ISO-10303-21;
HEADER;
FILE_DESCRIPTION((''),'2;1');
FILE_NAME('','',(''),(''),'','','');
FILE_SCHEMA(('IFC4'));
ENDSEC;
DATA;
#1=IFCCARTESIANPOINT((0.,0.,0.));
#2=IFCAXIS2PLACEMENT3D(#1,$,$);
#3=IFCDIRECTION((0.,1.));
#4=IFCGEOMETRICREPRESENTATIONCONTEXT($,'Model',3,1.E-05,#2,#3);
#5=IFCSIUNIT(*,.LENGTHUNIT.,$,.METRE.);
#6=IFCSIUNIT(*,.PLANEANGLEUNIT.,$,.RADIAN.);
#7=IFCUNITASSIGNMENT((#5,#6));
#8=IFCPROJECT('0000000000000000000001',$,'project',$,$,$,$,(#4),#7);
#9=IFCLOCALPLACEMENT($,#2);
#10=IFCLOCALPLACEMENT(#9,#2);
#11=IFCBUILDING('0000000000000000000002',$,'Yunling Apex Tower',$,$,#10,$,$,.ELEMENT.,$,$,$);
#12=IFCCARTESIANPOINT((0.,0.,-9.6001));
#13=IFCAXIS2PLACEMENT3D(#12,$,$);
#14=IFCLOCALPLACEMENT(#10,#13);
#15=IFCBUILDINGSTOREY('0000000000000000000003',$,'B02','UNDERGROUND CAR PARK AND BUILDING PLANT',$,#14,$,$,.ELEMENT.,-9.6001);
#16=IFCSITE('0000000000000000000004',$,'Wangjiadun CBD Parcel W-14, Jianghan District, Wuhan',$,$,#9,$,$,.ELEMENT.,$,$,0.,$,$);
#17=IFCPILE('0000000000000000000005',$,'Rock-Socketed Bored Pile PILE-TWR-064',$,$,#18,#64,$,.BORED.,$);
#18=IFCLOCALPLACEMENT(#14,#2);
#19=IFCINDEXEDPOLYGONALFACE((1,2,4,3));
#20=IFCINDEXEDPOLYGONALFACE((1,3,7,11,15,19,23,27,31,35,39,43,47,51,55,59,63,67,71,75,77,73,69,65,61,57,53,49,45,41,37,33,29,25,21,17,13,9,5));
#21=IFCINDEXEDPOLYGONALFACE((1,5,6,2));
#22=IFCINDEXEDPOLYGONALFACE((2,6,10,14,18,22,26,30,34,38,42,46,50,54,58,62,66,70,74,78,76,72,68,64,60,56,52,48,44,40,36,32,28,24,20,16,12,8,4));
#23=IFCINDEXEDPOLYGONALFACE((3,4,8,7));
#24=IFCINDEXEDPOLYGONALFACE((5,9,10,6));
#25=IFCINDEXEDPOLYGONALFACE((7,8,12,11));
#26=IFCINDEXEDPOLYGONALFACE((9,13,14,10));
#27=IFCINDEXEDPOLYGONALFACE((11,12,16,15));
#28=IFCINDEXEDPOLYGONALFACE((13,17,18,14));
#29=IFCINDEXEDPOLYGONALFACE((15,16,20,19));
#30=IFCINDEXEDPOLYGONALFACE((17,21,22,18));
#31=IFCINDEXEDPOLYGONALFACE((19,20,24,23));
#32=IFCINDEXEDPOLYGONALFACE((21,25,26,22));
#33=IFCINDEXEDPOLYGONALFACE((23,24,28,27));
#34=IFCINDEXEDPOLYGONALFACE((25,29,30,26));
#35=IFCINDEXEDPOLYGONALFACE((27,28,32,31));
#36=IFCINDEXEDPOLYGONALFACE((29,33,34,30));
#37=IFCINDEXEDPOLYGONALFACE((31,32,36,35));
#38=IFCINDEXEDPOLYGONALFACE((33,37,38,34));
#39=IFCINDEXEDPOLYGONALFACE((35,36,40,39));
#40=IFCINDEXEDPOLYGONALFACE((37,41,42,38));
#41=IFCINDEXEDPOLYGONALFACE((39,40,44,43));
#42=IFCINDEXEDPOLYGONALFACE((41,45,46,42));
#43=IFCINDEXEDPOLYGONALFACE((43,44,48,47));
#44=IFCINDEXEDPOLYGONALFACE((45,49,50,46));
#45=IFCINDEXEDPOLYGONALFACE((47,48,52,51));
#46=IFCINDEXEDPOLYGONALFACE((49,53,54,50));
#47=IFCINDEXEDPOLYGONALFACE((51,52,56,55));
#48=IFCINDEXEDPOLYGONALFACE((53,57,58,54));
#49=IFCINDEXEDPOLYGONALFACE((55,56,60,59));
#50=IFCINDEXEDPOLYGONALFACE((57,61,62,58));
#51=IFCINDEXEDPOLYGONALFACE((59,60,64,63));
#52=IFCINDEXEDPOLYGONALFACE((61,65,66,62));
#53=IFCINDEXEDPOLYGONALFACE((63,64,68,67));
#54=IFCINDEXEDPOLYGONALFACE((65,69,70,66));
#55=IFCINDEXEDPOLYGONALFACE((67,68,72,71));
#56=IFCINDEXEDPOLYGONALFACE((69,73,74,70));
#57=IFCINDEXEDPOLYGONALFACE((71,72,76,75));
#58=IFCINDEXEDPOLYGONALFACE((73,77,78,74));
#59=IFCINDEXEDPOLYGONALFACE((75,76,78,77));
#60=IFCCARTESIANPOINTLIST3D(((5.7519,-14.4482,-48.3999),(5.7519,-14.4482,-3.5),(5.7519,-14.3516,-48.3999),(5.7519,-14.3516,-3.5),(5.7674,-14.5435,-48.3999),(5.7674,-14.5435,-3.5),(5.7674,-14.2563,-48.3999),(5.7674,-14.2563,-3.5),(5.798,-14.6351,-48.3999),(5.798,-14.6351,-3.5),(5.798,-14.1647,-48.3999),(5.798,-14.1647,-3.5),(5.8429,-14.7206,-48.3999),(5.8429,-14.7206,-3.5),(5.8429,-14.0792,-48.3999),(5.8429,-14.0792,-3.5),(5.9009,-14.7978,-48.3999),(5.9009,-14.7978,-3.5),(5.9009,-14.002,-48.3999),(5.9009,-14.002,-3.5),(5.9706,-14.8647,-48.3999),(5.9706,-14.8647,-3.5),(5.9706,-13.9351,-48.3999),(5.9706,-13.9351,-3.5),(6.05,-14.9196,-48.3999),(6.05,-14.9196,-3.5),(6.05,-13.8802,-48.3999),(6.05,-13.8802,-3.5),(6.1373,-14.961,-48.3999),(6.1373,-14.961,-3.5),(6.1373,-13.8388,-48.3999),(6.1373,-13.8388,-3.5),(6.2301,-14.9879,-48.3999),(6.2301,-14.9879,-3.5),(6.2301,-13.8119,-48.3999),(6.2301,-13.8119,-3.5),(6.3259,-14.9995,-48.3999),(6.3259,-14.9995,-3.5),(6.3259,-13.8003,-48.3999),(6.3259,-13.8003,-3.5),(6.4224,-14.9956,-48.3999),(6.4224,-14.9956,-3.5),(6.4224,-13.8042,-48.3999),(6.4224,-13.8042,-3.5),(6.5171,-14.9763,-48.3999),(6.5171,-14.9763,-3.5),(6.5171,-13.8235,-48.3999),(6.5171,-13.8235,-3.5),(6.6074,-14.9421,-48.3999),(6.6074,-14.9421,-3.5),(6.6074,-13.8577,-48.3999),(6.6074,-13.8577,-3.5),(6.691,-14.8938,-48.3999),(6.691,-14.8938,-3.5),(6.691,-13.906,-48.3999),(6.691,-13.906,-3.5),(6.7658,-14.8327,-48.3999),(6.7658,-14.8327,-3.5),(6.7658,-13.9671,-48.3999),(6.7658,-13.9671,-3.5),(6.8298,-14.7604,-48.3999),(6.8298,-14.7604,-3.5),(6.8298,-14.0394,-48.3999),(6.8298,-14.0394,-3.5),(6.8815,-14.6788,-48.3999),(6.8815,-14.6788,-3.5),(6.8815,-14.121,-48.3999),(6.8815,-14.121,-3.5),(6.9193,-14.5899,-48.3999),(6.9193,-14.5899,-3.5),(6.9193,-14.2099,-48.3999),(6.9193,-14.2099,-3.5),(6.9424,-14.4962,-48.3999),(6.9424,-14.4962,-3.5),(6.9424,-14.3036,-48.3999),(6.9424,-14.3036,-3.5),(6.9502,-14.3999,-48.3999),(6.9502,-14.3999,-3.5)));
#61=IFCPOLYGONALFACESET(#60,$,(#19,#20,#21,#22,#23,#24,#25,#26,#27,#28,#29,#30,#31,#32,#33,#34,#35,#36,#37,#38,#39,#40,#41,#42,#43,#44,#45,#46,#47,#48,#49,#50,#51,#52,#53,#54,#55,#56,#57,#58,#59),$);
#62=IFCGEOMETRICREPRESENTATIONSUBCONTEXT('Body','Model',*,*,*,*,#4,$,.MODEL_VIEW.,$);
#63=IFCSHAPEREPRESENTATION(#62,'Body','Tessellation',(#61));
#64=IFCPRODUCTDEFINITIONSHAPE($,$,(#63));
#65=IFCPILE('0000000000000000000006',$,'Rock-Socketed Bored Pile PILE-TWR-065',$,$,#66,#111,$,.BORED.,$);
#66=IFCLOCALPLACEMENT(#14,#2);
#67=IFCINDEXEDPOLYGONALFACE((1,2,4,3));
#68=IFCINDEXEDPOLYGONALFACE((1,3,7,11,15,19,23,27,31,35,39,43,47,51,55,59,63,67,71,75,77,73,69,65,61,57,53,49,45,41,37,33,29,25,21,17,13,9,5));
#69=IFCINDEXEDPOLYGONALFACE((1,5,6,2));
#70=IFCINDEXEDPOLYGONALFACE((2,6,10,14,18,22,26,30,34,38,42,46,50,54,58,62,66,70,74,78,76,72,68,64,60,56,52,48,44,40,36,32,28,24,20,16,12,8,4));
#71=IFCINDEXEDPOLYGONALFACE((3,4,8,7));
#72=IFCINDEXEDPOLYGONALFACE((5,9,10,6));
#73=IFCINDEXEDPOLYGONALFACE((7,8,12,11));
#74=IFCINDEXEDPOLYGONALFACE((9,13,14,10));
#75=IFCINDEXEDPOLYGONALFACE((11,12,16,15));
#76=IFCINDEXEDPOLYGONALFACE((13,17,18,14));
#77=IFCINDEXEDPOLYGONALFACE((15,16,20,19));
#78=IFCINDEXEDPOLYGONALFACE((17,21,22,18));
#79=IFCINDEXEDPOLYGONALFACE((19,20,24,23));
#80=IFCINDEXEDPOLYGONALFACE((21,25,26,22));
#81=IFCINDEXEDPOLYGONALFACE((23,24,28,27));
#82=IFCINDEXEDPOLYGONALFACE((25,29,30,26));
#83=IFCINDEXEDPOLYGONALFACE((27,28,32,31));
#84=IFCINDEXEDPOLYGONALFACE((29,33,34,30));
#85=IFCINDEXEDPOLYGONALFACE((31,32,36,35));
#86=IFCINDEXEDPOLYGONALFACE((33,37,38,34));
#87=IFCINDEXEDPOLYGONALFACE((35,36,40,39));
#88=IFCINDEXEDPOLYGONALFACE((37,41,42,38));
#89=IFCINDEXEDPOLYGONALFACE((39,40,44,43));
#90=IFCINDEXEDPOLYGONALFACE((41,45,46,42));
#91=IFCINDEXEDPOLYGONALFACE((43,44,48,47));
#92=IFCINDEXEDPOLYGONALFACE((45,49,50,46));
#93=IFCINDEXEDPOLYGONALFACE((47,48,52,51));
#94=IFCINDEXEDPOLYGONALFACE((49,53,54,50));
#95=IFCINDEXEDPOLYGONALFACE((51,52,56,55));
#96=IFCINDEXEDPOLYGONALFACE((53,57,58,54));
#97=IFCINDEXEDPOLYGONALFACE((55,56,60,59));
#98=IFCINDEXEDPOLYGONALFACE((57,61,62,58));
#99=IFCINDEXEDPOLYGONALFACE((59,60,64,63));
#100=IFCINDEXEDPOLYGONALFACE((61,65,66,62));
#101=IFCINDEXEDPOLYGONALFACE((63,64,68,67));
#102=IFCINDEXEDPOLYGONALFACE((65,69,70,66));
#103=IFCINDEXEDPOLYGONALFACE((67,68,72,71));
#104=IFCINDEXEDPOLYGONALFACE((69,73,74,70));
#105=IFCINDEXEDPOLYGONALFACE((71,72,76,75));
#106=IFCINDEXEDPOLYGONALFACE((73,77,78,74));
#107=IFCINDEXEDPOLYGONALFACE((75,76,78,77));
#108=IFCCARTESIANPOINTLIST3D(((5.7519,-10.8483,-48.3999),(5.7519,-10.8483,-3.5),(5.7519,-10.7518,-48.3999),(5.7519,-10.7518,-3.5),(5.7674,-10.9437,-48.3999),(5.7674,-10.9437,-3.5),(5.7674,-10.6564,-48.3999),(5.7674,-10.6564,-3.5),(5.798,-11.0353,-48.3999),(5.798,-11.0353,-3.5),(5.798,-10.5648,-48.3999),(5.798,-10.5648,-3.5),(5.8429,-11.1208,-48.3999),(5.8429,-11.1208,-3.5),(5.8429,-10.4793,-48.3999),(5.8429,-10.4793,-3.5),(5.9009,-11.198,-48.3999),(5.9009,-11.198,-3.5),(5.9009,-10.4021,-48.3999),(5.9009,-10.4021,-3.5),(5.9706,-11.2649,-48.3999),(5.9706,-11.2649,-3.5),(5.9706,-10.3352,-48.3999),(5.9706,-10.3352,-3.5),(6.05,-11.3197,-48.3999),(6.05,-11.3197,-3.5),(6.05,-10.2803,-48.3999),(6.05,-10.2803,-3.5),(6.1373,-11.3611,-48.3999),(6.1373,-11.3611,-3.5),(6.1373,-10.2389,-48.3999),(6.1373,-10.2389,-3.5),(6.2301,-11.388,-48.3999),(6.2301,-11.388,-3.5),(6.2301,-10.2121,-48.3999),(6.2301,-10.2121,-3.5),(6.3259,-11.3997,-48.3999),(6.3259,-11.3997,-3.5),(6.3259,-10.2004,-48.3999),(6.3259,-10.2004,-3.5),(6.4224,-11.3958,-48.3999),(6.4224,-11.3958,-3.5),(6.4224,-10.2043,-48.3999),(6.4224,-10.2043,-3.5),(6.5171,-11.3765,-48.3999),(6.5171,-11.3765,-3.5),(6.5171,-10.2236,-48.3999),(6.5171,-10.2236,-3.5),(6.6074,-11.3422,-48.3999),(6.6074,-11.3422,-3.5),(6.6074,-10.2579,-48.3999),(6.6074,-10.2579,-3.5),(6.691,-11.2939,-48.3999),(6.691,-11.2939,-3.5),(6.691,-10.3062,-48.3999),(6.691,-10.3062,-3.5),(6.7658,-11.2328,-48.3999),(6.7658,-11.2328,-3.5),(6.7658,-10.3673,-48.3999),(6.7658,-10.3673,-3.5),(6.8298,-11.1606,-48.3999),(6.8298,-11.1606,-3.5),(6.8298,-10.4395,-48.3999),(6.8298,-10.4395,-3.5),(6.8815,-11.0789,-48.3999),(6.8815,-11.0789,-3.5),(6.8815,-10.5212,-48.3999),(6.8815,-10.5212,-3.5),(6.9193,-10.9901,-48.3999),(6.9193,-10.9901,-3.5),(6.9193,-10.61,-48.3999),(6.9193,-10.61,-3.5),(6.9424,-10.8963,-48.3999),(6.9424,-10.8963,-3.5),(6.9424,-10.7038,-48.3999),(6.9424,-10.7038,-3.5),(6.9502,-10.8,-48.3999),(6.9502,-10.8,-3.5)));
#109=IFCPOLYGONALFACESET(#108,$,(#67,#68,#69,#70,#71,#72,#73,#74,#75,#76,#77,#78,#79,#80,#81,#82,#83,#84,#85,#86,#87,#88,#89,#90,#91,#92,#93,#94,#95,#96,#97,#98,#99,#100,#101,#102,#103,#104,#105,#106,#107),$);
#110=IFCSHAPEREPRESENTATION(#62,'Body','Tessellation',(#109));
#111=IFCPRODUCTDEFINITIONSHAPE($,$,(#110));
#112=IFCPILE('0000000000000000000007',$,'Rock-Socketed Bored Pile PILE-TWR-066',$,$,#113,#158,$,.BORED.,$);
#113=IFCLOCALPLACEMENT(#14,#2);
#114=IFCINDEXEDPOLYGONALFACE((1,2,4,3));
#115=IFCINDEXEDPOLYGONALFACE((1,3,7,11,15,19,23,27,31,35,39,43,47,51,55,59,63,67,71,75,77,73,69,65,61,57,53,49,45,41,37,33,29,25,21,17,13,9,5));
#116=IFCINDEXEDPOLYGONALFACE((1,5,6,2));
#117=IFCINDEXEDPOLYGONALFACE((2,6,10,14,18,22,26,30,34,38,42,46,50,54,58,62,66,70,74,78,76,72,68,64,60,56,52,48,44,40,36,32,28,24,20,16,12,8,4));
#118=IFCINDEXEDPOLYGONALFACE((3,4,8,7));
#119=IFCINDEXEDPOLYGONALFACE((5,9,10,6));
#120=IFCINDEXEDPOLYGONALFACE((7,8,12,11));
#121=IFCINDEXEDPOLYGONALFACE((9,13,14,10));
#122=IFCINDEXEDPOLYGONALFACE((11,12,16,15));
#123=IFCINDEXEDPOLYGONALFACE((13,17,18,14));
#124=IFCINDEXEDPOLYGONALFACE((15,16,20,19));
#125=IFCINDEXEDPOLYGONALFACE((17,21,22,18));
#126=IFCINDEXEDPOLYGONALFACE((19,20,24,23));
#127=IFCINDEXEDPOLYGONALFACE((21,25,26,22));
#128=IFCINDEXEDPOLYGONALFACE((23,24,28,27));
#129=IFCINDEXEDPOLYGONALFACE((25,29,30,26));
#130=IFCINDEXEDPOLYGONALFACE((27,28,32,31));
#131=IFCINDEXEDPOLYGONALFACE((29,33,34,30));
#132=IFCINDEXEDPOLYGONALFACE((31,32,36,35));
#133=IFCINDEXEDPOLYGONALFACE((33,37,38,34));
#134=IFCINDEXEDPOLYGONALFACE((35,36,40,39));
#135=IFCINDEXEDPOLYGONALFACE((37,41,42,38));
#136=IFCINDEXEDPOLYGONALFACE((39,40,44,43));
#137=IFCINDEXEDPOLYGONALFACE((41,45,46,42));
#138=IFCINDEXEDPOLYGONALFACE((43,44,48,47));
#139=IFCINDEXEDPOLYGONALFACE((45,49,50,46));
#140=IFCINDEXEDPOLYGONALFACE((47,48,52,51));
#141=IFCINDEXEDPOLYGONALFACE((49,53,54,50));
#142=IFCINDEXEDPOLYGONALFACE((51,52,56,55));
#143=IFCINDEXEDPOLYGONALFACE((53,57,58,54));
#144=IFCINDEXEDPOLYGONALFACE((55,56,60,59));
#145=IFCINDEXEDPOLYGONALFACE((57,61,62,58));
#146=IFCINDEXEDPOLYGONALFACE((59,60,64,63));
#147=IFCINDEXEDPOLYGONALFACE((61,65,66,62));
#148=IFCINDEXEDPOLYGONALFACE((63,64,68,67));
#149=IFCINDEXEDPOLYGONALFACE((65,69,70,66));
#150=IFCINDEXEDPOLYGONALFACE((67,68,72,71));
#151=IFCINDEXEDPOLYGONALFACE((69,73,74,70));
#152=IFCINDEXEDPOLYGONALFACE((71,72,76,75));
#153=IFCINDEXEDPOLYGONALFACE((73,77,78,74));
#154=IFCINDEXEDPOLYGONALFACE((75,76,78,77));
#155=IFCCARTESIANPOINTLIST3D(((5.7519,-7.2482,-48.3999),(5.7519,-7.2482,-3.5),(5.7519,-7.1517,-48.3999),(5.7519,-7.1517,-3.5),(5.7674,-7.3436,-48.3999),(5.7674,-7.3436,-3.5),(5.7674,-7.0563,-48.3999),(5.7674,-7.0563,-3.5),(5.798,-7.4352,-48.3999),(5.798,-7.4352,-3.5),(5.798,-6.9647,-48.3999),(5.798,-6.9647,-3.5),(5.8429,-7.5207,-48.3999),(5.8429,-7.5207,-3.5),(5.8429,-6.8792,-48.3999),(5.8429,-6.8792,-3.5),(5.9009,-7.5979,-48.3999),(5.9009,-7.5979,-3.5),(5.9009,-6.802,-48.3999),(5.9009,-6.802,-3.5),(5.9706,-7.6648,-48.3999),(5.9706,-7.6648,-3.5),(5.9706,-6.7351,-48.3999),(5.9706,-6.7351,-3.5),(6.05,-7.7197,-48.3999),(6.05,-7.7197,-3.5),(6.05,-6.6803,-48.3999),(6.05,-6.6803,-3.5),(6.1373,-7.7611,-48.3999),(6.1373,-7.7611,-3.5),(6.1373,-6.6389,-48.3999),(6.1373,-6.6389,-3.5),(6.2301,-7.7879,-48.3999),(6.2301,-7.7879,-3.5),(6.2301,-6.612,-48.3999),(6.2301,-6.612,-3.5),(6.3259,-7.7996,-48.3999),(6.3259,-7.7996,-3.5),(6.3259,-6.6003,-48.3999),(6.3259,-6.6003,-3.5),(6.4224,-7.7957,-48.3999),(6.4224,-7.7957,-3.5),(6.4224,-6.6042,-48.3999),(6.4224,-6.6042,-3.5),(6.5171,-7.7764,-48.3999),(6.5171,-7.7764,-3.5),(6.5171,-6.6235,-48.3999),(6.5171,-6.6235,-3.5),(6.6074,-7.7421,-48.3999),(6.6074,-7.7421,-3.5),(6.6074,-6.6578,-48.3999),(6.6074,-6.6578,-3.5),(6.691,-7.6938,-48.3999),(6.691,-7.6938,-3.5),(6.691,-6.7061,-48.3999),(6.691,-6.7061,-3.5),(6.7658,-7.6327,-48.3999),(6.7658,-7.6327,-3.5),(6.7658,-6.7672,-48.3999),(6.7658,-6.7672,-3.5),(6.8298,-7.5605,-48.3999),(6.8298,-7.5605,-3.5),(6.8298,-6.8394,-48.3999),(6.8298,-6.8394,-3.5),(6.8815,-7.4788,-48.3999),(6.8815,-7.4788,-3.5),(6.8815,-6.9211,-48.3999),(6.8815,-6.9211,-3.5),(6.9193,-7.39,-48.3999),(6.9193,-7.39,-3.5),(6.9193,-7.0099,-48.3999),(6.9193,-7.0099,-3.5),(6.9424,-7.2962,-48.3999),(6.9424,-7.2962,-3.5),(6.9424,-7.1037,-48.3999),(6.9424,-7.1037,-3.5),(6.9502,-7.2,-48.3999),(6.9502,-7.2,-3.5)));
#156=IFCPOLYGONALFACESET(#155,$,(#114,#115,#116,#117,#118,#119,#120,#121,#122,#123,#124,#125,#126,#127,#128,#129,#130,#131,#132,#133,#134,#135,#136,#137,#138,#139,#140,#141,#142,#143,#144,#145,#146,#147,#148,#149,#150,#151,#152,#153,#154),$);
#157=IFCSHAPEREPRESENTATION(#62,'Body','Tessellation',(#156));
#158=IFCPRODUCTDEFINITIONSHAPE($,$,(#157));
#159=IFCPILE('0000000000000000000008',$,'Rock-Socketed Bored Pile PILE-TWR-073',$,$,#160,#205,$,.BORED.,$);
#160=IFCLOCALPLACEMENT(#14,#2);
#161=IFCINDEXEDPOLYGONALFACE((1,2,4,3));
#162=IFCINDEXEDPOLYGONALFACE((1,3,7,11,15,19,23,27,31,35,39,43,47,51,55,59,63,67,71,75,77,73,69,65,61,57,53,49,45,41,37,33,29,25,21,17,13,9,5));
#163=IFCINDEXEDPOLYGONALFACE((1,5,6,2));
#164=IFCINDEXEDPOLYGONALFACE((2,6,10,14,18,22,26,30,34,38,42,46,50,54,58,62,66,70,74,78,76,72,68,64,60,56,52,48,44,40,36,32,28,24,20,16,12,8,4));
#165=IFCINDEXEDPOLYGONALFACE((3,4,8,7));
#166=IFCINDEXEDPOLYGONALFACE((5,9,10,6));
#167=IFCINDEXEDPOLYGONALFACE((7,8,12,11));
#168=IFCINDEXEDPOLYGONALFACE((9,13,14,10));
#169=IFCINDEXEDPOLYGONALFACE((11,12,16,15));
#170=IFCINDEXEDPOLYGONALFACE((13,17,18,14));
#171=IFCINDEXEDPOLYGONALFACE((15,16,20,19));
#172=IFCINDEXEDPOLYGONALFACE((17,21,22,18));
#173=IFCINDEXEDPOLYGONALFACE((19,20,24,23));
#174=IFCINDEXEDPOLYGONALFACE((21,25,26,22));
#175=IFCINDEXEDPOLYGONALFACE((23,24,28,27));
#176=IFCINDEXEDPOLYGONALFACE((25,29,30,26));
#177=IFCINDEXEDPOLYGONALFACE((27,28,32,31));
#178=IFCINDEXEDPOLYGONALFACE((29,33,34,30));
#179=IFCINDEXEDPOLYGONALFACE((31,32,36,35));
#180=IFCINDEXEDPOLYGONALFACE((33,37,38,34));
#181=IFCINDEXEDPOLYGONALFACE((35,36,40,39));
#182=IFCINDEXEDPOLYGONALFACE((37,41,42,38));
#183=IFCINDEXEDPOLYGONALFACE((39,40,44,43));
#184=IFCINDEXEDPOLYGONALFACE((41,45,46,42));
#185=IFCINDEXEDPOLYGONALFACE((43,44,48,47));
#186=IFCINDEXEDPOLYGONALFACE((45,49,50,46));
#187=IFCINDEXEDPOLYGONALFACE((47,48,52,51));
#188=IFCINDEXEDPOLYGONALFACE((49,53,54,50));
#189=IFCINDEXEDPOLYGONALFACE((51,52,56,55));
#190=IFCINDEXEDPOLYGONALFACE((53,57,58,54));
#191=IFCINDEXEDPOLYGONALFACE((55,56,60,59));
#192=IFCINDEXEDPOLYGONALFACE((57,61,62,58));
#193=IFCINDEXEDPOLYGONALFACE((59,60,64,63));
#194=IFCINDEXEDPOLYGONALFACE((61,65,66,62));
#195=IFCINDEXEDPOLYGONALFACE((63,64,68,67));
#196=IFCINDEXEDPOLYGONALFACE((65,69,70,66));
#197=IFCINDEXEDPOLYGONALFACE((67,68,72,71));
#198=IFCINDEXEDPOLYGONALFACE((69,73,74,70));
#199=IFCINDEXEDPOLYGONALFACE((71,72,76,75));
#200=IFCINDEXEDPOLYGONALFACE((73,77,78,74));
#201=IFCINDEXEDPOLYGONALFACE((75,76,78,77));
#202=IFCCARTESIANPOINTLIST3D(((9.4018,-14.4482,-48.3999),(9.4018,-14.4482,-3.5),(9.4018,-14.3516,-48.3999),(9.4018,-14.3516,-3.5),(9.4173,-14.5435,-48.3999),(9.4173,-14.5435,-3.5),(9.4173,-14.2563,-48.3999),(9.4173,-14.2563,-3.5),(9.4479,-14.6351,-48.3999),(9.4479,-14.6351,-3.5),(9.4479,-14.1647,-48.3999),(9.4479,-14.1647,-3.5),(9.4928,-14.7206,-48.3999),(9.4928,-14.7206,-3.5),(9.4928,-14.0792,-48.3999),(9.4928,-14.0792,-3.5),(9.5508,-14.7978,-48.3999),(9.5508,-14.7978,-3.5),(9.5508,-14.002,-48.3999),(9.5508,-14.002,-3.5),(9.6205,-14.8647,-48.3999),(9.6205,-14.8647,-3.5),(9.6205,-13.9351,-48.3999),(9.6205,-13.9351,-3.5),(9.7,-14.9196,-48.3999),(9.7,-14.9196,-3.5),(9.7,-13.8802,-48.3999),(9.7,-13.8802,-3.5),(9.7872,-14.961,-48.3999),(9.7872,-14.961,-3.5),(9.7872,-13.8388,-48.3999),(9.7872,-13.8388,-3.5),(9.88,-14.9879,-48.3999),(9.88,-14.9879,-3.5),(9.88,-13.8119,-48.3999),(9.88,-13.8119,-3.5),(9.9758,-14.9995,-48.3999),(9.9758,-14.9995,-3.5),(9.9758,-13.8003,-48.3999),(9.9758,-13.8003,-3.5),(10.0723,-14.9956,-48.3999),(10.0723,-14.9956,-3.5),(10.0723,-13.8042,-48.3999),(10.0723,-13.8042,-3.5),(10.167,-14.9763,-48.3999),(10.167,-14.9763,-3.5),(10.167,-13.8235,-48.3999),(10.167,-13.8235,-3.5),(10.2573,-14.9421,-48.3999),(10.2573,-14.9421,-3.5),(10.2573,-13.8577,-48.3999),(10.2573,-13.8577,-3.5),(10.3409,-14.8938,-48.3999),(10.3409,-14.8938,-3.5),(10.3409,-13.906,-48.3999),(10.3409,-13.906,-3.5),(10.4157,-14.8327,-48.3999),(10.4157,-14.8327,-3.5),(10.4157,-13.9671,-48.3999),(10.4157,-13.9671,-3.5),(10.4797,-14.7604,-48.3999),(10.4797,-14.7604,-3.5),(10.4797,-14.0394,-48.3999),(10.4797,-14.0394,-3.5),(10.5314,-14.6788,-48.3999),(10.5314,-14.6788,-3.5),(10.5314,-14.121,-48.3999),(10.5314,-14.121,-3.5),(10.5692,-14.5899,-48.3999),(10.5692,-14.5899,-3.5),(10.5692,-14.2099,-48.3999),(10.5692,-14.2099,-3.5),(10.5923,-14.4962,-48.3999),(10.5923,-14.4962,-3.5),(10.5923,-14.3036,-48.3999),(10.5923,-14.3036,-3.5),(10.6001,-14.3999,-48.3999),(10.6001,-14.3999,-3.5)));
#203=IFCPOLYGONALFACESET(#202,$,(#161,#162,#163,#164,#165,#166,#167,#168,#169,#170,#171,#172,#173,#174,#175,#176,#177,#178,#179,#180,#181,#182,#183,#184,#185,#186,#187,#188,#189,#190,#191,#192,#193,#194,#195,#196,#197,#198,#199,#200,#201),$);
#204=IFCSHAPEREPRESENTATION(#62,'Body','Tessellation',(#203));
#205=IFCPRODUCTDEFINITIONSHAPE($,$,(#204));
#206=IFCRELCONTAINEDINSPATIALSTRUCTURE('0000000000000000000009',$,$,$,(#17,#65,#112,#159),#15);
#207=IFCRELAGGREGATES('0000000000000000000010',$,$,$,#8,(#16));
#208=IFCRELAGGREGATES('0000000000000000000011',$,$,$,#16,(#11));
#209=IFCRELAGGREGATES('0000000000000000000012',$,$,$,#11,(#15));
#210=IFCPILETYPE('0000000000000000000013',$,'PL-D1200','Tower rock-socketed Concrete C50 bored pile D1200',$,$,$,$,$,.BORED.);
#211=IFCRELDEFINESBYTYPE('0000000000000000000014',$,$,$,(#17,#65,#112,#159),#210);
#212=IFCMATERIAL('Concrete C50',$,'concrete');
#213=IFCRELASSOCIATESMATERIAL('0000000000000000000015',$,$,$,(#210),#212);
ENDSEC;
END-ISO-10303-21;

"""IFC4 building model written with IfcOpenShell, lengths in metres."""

from ifc_helpers import new_model, si_unit, direction, frame, origin, origin_2d, place, context, subcontext, project, spatial, circle, extrude, source, transform, mapped, material, material_profile, profile_set, type_object, element, save


model = new_model("IFC4")

# Units and contexts
model_context = context("Model", 3, precision=1e-05, world=origin(), true_north=direction((0.0, 1.0)))
body_context = subcontext(model_context, "Body", "Model", "MODEL_VIEW")
ifc_project = project(units=[si_unit("LENGTHUNIT", "METRE"), si_unit("PLANEANGLEUNIT", "RADIAN")], contexts=[model_context])

# Site, building, storey
site_placement = place(None, origin())
site = spatial("IfcSite", under=ifc_project, at=site_placement, Name="Wangjiadun CBD Parcel W-14, Jianghan District, Wuhan", CompositionType="ELEMENT", RefElevation=0.0)
building_placement = place(site_placement, origin())
building = spatial("IfcBuilding", under=site, at=building_placement, Name="Yunling Apex Tower", CompositionType="ELEMENT")
storey_placement = place(building_placement, frame((0.0, 0.0, -9.6001)))
storey = spatial("IfcBuildingStorey", under=building, at=storey_placement, Name="B02", Description="UNDERGROUND CAR PARK AND BUILDING PLANT", CompositionType="ELEMENT", Elevation=-9.6001)

# Shared definitions
ifc_material_1 = material(Name="Concrete C50", Category="concrete")

# Piles
ifc_material_profile_1 = material_profile(ifc_material_1, circle(Radius=0.6001, at=origin_2d()))
ifc_profile_set_1 = profile_set([ifc_material_profile_1], Name="Concrete C50")
pile_type_1 = type_object("IfcPileType", Name="PL-D1200", Description="Tower rock-socketed Concrete C50 bored pile D1200", PredefinedType="BORED", material=ifc_profile_set_1)
shared_shape_1 = source(origin(), body_context, "Body", "SweptSolid", [
    extrude(circle(Radius=0.6001, at=origin_2d()), origin(), (0.0, 0.0, 1.0), 44.8999),
])
for number, where, z_axis, x_axis, name in (
    (1, (6.3501, -14.3999, -3.5), (0.0, 0.0, -1.0), (1.0, 0.0, 0.0), "Rock-Socketed Bored Pile PILE-TWR-064"),
    (2, (6.3501, -10.8, -3.5), (0.0, 0.0, -1.0), (1.0, 0.0, 0.0), "Rock-Socketed Bored Pile PILE-TWR-065"),
    (3, (6.3501, -7.2, -3.5), (0.0, 0.0, -1.0), (1.0, 0.0, 0.0), "Rock-Socketed Bored Pile PILE-TWR-066"),
    (4, (10.0, -14.3999, -3.5), (0.0, 0.0, -1.0), (1.0, 0.0, 0.0), "Rock-Socketed Bored Pile PILE-TWR-073"),
):
    element("IfcPile", number, at=place(storey_placement, frame(where, z_axis=z_axis, x_axis=x_axis)), inside=storey, type_object=pile_type_1, Name=name, PredefinedType="BORED", context=body_context, shape_type="MappedRepresentation", body=[
        mapped(shared_shape_1, transform((0.0, 0.0, 0.0), scale=1.0)),
    ])

save(model, "model.ifc")
